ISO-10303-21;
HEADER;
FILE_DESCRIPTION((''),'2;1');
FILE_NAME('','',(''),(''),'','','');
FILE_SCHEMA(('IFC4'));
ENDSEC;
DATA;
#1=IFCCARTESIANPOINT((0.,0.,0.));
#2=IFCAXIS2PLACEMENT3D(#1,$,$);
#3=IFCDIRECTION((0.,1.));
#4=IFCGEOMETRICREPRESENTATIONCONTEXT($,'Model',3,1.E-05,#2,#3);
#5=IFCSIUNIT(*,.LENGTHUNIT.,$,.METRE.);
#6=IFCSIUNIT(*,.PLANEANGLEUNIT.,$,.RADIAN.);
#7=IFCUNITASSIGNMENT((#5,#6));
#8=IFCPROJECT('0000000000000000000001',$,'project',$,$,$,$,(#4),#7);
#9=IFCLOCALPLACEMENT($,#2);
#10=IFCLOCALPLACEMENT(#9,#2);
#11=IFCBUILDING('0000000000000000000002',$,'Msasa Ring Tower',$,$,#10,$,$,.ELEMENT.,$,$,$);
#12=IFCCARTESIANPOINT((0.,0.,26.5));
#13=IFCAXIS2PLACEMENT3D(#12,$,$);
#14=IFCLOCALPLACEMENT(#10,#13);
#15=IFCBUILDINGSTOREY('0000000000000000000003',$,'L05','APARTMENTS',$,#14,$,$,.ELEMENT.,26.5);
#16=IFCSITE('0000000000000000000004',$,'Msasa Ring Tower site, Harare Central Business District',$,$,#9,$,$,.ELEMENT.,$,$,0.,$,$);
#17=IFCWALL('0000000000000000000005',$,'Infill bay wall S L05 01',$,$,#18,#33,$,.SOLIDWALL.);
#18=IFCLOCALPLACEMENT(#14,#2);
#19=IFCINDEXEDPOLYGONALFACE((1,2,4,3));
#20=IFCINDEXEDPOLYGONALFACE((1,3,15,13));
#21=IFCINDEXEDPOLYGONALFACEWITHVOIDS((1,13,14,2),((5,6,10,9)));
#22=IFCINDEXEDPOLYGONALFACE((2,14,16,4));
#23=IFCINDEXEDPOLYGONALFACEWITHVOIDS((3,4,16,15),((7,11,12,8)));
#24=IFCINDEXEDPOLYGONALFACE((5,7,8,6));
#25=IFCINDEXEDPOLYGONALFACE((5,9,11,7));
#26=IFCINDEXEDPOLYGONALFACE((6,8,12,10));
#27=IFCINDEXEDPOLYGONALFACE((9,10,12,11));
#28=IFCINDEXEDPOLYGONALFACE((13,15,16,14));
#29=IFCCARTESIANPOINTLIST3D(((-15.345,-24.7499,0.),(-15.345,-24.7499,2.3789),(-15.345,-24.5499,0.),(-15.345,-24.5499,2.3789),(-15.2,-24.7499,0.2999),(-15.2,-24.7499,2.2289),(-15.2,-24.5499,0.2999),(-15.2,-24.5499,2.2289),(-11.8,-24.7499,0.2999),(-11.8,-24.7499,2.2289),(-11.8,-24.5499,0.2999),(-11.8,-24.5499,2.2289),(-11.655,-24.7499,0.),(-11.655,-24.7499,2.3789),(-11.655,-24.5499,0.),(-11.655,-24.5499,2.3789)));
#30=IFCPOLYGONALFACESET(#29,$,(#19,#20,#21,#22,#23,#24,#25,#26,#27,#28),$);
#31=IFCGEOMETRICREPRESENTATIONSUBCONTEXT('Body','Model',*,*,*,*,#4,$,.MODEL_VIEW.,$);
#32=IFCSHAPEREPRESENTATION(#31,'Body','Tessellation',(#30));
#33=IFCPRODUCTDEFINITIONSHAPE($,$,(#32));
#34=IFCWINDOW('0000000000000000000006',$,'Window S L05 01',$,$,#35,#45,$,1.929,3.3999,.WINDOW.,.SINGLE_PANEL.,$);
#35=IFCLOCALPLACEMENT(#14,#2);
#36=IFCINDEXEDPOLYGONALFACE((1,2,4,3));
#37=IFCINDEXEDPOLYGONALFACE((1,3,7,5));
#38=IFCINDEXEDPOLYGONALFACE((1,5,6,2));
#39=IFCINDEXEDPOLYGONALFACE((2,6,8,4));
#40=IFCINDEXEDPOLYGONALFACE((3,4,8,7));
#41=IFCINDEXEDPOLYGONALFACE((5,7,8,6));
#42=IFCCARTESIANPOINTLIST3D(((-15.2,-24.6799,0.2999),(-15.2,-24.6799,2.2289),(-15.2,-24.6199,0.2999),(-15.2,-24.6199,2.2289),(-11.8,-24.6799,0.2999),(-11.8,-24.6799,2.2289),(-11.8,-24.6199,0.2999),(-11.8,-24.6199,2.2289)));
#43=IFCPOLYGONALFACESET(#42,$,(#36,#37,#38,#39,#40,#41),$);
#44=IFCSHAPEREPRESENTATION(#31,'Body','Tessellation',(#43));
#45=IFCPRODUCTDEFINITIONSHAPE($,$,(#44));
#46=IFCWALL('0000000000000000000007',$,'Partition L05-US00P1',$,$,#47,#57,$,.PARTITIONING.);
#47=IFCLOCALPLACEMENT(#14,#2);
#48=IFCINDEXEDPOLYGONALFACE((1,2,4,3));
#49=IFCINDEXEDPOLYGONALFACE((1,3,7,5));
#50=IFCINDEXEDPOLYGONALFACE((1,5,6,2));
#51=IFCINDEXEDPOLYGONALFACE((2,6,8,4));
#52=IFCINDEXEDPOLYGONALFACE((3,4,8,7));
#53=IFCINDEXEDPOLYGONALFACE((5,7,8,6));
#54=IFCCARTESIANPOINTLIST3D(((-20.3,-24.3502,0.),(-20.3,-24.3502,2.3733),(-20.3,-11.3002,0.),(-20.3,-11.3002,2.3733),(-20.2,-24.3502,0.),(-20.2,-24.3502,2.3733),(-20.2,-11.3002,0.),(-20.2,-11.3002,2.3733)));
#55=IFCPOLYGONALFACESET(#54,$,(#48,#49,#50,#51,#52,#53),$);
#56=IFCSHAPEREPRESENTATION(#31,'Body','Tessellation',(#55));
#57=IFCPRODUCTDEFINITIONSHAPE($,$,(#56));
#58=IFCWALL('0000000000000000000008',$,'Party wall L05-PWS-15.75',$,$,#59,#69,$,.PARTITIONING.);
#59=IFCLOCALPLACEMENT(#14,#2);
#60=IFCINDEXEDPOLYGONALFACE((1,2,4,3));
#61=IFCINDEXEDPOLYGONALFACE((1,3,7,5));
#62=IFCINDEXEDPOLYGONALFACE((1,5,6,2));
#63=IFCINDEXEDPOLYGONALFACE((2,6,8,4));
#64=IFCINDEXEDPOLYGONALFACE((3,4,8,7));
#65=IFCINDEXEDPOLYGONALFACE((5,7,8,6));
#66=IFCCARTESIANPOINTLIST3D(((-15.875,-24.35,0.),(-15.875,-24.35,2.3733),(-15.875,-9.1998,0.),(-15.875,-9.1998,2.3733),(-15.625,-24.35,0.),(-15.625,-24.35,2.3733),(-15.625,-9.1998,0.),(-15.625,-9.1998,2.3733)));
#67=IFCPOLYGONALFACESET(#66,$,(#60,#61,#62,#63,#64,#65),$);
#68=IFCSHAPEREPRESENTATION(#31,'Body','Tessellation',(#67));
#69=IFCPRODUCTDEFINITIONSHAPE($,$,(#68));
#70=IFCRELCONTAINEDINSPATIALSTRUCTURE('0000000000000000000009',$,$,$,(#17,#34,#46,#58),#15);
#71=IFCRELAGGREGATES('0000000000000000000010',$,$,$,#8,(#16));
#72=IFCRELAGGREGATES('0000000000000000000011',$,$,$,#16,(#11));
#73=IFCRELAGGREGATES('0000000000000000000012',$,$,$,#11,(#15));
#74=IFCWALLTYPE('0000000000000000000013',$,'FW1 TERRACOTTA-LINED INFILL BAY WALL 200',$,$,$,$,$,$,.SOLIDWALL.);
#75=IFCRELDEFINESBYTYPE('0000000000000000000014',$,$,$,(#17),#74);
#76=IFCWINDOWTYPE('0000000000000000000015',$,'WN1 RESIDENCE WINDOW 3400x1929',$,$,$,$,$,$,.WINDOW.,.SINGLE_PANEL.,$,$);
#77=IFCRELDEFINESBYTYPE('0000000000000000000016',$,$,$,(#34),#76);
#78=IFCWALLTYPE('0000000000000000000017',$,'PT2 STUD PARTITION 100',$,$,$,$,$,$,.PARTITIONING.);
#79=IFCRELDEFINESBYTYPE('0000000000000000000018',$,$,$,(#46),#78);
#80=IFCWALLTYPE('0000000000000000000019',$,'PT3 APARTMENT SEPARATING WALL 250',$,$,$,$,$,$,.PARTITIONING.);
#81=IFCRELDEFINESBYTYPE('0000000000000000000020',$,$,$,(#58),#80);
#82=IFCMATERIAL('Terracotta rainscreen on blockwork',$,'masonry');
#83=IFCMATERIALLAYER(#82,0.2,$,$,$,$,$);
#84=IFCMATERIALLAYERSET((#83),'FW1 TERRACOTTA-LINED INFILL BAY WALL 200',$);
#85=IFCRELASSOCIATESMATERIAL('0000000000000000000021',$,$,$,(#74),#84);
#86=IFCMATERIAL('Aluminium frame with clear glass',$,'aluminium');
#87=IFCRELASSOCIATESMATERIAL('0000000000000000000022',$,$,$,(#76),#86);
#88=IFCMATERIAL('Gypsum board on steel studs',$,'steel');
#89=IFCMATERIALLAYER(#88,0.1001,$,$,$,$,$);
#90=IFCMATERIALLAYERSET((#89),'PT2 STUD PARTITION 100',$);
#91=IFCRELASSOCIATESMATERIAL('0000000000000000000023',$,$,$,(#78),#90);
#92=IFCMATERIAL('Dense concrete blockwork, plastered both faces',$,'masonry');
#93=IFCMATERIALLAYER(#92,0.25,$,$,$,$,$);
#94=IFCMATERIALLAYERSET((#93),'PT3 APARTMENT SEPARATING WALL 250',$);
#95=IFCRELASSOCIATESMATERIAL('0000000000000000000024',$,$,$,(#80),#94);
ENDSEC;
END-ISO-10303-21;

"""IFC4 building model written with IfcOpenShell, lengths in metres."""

from ifc_helpers import new_model, si_unit, direction, frame, frame_2d, origin, place, context, subcontext, project, spatial, rectangle, extrude, material, layer, layer_set, type_object, element, fill, save


model = new_model("IFC4")

# Units and contexts
model_context = context("Model", 3, precision=1e-05, world=origin(), true_north=direction((0.0, 1.0)))
body_context = subcontext(model_context, "Body", "Model", "MODEL_VIEW")
ifc_project = project(units=[si_unit("LENGTHUNIT", "METRE"), si_unit("PLANEANGLEUNIT", "RADIAN")], contexts=[model_context])

# Site, building, storey
site_placement = place(None, origin())
site = spatial("IfcSite", under=ifc_project, at=site_placement, Name="Msasa Ring Tower site, Harare Central Business District", CompositionType="ELEMENT", RefElevation=0.0)
building_placement = place(site_placement, origin())
building = spatial("IfcBuilding", under=site, at=building_placement, Name="Msasa Ring Tower", CompositionType="ELEMENT")
storey_placement = place(building_placement, frame((0.0, 0.0, 26.5)))
storey = spatial("IfcBuildingStorey", under=building, at=storey_placement, Name="L05", Description="APARTMENTS", CompositionType="ELEMENT", Elevation=26.5)

# Wall, opening, window
ifc_material_1 = material(Name="Terracotta rainscreen on blockwork", Category="masonry")
ifc_layer_1 = layer(ifc_material_1, 0.2)
ifc_layer_set_1 = layer_set([ifc_layer_1], Name="FW1 TERRACOTTA-LINED INFILL BAY WALL 200")
wall_type_1 = type_object("IfcWallType", Name="FW1 TERRACOTTA-LINED INFILL BAY WALL 200", PredefinedType="SOLIDWALL", material=ifc_layer_set_1)
ifc_material_2 = material(Name="Aluminium frame with clear glass", Category="aluminium")
window_type = type_object("IfcWindowType", Name="WN1 RESIDENCE WINDOW 3400x1929", PartitioningType="SINGLE_PANEL", PredefinedType="WINDOW", material=ifc_material_2)
wall_1_placement = place(storey_placement, frame((-15.345, -24.6499, 0.0), z_axis=(0.0, 0.0, 1.0), x_axis=(1.0, 0.0, 0.0)))
wall_1 = element("IfcWall", 1, at=wall_1_placement, inside=storey, type_object=wall_type_1, Name="Infill bay wall S L05 01", PredefinedType="SOLIDWALL", context=body_context, shape_type="SweptSolid", body=[
    extrude(rectangle(XDim=3.6899, YDim=0.2, at=frame_2d((1.845, 0.0))), origin(), (0.0, 0.0, 1.0), 2.3789),
])
opening_1_placement = place(wall_1_placement, frame((0.145, 0.0, 0.3)))
opening_1 = element("IfcOpeningElement", 2, at=opening_1_placement, cuts=wall_1, PredefinedType="OPENING", context=body_context, shape_type="SweptSolid", body=[
    extrude(rectangle(XDim=3.3999, YDim=1.929, at=frame_2d((1.7, 0.9644))), frame((0.0, 0.1099, 0.0), z_axis=(0.0, -1.0, 0.0), x_axis=(1.0, 0.0, 0.0)), (0.0, 0.0, 1.0), 0.22),
])
window_1_placement = place(opening_1_placement, origin())
window_1 = element("IfcWindow", 3, at=window_1_placement, inside=storey, type_object=window_type, Name="Window S L05 01", OverallHeight=1.929, OverallWidth=3.3999, PartitioningType="SINGLE_PANEL", PredefinedType="WINDOW", context=body_context, shape_type="SweptSolid", body=[
    extrude(rectangle(XDim=3.3999, YDim=1.929, at=frame_2d((1.7, 0.9644))), frame((0.0, 0.03, 0.0), z_axis=(0.0, -1.0, 0.0), x_axis=(1.0, 0.0, 0.0)), (0.0, 0.0, 1.0), 0.0601),
])
fill(opening_1, window_1)

# Walls
ifc_material_3 = material(Name="Gypsum board on steel studs", Category="steel")
ifc_layer_2 = layer(ifc_material_3, 0.1001)
ifc_layer_set_2 = layer_set([ifc_layer_2], Name="PT2 STUD PARTITION 100")
wall_type_2 = type_object("IfcWallType", Name="PT2 STUD PARTITION 100", PredefinedType="PARTITIONING", material=ifc_layer_set_2)
wall_2_placement = place(storey_placement, frame((-20.25, -24.3501, 0.0), z_axis=(0.0, 0.0, 1.0), x_axis=(0.0, 1.0, 0.0)))
element("IfcWall", 4, at=wall_2_placement, inside=storey, type_object=wall_type_2, Name="Partition L05-US00P1", PredefinedType="PARTITIONING", context=body_context, shape_type="SweptSolid", body=[
    extrude(rectangle(XDim=13.05, YDim=0.1001, at=frame_2d((6.5249, 0.0))), origin(), (0.0, 0.0, 1.0), 2.3733),
])
ifc_material_4 = material(Name="Dense concrete blockwork, plastered both faces", Category="masonry")
ifc_layer_3 = layer(ifc_material_4, 0.25)
ifc_layer_set_3 = layer_set([ifc_layer_3], Name="PT3 APARTMENT SEPARATING WALL 250")
wall_type_3 = type_object("IfcWallType", Name="PT3 APARTMENT SEPARATING WALL 250", PredefinedType="PARTITIONING", material=ifc_layer_set_3)
wall_3_placement = place(storey_placement, frame((-15.75, -24.3501, 0.0), z_axis=(0.0, 0.0, 1.0), x_axis=(0.0, 1.0, 0.0)))
element("IfcWall", 5, at=wall_3_placement, inside=storey, type_object=wall_type_3, Name="Party wall L05-PWS-15.75", PredefinedType="PARTITIONING", context=body_context, shape_type="SweptSolid", body=[
    extrude(rectangle(XDim=15.1501, YDim=0.25, at=frame_2d((7.5752, 0.0))), origin(), (0.0, 0.0, 1.0), 2.3733),
])

save(model, "model.ifc")
